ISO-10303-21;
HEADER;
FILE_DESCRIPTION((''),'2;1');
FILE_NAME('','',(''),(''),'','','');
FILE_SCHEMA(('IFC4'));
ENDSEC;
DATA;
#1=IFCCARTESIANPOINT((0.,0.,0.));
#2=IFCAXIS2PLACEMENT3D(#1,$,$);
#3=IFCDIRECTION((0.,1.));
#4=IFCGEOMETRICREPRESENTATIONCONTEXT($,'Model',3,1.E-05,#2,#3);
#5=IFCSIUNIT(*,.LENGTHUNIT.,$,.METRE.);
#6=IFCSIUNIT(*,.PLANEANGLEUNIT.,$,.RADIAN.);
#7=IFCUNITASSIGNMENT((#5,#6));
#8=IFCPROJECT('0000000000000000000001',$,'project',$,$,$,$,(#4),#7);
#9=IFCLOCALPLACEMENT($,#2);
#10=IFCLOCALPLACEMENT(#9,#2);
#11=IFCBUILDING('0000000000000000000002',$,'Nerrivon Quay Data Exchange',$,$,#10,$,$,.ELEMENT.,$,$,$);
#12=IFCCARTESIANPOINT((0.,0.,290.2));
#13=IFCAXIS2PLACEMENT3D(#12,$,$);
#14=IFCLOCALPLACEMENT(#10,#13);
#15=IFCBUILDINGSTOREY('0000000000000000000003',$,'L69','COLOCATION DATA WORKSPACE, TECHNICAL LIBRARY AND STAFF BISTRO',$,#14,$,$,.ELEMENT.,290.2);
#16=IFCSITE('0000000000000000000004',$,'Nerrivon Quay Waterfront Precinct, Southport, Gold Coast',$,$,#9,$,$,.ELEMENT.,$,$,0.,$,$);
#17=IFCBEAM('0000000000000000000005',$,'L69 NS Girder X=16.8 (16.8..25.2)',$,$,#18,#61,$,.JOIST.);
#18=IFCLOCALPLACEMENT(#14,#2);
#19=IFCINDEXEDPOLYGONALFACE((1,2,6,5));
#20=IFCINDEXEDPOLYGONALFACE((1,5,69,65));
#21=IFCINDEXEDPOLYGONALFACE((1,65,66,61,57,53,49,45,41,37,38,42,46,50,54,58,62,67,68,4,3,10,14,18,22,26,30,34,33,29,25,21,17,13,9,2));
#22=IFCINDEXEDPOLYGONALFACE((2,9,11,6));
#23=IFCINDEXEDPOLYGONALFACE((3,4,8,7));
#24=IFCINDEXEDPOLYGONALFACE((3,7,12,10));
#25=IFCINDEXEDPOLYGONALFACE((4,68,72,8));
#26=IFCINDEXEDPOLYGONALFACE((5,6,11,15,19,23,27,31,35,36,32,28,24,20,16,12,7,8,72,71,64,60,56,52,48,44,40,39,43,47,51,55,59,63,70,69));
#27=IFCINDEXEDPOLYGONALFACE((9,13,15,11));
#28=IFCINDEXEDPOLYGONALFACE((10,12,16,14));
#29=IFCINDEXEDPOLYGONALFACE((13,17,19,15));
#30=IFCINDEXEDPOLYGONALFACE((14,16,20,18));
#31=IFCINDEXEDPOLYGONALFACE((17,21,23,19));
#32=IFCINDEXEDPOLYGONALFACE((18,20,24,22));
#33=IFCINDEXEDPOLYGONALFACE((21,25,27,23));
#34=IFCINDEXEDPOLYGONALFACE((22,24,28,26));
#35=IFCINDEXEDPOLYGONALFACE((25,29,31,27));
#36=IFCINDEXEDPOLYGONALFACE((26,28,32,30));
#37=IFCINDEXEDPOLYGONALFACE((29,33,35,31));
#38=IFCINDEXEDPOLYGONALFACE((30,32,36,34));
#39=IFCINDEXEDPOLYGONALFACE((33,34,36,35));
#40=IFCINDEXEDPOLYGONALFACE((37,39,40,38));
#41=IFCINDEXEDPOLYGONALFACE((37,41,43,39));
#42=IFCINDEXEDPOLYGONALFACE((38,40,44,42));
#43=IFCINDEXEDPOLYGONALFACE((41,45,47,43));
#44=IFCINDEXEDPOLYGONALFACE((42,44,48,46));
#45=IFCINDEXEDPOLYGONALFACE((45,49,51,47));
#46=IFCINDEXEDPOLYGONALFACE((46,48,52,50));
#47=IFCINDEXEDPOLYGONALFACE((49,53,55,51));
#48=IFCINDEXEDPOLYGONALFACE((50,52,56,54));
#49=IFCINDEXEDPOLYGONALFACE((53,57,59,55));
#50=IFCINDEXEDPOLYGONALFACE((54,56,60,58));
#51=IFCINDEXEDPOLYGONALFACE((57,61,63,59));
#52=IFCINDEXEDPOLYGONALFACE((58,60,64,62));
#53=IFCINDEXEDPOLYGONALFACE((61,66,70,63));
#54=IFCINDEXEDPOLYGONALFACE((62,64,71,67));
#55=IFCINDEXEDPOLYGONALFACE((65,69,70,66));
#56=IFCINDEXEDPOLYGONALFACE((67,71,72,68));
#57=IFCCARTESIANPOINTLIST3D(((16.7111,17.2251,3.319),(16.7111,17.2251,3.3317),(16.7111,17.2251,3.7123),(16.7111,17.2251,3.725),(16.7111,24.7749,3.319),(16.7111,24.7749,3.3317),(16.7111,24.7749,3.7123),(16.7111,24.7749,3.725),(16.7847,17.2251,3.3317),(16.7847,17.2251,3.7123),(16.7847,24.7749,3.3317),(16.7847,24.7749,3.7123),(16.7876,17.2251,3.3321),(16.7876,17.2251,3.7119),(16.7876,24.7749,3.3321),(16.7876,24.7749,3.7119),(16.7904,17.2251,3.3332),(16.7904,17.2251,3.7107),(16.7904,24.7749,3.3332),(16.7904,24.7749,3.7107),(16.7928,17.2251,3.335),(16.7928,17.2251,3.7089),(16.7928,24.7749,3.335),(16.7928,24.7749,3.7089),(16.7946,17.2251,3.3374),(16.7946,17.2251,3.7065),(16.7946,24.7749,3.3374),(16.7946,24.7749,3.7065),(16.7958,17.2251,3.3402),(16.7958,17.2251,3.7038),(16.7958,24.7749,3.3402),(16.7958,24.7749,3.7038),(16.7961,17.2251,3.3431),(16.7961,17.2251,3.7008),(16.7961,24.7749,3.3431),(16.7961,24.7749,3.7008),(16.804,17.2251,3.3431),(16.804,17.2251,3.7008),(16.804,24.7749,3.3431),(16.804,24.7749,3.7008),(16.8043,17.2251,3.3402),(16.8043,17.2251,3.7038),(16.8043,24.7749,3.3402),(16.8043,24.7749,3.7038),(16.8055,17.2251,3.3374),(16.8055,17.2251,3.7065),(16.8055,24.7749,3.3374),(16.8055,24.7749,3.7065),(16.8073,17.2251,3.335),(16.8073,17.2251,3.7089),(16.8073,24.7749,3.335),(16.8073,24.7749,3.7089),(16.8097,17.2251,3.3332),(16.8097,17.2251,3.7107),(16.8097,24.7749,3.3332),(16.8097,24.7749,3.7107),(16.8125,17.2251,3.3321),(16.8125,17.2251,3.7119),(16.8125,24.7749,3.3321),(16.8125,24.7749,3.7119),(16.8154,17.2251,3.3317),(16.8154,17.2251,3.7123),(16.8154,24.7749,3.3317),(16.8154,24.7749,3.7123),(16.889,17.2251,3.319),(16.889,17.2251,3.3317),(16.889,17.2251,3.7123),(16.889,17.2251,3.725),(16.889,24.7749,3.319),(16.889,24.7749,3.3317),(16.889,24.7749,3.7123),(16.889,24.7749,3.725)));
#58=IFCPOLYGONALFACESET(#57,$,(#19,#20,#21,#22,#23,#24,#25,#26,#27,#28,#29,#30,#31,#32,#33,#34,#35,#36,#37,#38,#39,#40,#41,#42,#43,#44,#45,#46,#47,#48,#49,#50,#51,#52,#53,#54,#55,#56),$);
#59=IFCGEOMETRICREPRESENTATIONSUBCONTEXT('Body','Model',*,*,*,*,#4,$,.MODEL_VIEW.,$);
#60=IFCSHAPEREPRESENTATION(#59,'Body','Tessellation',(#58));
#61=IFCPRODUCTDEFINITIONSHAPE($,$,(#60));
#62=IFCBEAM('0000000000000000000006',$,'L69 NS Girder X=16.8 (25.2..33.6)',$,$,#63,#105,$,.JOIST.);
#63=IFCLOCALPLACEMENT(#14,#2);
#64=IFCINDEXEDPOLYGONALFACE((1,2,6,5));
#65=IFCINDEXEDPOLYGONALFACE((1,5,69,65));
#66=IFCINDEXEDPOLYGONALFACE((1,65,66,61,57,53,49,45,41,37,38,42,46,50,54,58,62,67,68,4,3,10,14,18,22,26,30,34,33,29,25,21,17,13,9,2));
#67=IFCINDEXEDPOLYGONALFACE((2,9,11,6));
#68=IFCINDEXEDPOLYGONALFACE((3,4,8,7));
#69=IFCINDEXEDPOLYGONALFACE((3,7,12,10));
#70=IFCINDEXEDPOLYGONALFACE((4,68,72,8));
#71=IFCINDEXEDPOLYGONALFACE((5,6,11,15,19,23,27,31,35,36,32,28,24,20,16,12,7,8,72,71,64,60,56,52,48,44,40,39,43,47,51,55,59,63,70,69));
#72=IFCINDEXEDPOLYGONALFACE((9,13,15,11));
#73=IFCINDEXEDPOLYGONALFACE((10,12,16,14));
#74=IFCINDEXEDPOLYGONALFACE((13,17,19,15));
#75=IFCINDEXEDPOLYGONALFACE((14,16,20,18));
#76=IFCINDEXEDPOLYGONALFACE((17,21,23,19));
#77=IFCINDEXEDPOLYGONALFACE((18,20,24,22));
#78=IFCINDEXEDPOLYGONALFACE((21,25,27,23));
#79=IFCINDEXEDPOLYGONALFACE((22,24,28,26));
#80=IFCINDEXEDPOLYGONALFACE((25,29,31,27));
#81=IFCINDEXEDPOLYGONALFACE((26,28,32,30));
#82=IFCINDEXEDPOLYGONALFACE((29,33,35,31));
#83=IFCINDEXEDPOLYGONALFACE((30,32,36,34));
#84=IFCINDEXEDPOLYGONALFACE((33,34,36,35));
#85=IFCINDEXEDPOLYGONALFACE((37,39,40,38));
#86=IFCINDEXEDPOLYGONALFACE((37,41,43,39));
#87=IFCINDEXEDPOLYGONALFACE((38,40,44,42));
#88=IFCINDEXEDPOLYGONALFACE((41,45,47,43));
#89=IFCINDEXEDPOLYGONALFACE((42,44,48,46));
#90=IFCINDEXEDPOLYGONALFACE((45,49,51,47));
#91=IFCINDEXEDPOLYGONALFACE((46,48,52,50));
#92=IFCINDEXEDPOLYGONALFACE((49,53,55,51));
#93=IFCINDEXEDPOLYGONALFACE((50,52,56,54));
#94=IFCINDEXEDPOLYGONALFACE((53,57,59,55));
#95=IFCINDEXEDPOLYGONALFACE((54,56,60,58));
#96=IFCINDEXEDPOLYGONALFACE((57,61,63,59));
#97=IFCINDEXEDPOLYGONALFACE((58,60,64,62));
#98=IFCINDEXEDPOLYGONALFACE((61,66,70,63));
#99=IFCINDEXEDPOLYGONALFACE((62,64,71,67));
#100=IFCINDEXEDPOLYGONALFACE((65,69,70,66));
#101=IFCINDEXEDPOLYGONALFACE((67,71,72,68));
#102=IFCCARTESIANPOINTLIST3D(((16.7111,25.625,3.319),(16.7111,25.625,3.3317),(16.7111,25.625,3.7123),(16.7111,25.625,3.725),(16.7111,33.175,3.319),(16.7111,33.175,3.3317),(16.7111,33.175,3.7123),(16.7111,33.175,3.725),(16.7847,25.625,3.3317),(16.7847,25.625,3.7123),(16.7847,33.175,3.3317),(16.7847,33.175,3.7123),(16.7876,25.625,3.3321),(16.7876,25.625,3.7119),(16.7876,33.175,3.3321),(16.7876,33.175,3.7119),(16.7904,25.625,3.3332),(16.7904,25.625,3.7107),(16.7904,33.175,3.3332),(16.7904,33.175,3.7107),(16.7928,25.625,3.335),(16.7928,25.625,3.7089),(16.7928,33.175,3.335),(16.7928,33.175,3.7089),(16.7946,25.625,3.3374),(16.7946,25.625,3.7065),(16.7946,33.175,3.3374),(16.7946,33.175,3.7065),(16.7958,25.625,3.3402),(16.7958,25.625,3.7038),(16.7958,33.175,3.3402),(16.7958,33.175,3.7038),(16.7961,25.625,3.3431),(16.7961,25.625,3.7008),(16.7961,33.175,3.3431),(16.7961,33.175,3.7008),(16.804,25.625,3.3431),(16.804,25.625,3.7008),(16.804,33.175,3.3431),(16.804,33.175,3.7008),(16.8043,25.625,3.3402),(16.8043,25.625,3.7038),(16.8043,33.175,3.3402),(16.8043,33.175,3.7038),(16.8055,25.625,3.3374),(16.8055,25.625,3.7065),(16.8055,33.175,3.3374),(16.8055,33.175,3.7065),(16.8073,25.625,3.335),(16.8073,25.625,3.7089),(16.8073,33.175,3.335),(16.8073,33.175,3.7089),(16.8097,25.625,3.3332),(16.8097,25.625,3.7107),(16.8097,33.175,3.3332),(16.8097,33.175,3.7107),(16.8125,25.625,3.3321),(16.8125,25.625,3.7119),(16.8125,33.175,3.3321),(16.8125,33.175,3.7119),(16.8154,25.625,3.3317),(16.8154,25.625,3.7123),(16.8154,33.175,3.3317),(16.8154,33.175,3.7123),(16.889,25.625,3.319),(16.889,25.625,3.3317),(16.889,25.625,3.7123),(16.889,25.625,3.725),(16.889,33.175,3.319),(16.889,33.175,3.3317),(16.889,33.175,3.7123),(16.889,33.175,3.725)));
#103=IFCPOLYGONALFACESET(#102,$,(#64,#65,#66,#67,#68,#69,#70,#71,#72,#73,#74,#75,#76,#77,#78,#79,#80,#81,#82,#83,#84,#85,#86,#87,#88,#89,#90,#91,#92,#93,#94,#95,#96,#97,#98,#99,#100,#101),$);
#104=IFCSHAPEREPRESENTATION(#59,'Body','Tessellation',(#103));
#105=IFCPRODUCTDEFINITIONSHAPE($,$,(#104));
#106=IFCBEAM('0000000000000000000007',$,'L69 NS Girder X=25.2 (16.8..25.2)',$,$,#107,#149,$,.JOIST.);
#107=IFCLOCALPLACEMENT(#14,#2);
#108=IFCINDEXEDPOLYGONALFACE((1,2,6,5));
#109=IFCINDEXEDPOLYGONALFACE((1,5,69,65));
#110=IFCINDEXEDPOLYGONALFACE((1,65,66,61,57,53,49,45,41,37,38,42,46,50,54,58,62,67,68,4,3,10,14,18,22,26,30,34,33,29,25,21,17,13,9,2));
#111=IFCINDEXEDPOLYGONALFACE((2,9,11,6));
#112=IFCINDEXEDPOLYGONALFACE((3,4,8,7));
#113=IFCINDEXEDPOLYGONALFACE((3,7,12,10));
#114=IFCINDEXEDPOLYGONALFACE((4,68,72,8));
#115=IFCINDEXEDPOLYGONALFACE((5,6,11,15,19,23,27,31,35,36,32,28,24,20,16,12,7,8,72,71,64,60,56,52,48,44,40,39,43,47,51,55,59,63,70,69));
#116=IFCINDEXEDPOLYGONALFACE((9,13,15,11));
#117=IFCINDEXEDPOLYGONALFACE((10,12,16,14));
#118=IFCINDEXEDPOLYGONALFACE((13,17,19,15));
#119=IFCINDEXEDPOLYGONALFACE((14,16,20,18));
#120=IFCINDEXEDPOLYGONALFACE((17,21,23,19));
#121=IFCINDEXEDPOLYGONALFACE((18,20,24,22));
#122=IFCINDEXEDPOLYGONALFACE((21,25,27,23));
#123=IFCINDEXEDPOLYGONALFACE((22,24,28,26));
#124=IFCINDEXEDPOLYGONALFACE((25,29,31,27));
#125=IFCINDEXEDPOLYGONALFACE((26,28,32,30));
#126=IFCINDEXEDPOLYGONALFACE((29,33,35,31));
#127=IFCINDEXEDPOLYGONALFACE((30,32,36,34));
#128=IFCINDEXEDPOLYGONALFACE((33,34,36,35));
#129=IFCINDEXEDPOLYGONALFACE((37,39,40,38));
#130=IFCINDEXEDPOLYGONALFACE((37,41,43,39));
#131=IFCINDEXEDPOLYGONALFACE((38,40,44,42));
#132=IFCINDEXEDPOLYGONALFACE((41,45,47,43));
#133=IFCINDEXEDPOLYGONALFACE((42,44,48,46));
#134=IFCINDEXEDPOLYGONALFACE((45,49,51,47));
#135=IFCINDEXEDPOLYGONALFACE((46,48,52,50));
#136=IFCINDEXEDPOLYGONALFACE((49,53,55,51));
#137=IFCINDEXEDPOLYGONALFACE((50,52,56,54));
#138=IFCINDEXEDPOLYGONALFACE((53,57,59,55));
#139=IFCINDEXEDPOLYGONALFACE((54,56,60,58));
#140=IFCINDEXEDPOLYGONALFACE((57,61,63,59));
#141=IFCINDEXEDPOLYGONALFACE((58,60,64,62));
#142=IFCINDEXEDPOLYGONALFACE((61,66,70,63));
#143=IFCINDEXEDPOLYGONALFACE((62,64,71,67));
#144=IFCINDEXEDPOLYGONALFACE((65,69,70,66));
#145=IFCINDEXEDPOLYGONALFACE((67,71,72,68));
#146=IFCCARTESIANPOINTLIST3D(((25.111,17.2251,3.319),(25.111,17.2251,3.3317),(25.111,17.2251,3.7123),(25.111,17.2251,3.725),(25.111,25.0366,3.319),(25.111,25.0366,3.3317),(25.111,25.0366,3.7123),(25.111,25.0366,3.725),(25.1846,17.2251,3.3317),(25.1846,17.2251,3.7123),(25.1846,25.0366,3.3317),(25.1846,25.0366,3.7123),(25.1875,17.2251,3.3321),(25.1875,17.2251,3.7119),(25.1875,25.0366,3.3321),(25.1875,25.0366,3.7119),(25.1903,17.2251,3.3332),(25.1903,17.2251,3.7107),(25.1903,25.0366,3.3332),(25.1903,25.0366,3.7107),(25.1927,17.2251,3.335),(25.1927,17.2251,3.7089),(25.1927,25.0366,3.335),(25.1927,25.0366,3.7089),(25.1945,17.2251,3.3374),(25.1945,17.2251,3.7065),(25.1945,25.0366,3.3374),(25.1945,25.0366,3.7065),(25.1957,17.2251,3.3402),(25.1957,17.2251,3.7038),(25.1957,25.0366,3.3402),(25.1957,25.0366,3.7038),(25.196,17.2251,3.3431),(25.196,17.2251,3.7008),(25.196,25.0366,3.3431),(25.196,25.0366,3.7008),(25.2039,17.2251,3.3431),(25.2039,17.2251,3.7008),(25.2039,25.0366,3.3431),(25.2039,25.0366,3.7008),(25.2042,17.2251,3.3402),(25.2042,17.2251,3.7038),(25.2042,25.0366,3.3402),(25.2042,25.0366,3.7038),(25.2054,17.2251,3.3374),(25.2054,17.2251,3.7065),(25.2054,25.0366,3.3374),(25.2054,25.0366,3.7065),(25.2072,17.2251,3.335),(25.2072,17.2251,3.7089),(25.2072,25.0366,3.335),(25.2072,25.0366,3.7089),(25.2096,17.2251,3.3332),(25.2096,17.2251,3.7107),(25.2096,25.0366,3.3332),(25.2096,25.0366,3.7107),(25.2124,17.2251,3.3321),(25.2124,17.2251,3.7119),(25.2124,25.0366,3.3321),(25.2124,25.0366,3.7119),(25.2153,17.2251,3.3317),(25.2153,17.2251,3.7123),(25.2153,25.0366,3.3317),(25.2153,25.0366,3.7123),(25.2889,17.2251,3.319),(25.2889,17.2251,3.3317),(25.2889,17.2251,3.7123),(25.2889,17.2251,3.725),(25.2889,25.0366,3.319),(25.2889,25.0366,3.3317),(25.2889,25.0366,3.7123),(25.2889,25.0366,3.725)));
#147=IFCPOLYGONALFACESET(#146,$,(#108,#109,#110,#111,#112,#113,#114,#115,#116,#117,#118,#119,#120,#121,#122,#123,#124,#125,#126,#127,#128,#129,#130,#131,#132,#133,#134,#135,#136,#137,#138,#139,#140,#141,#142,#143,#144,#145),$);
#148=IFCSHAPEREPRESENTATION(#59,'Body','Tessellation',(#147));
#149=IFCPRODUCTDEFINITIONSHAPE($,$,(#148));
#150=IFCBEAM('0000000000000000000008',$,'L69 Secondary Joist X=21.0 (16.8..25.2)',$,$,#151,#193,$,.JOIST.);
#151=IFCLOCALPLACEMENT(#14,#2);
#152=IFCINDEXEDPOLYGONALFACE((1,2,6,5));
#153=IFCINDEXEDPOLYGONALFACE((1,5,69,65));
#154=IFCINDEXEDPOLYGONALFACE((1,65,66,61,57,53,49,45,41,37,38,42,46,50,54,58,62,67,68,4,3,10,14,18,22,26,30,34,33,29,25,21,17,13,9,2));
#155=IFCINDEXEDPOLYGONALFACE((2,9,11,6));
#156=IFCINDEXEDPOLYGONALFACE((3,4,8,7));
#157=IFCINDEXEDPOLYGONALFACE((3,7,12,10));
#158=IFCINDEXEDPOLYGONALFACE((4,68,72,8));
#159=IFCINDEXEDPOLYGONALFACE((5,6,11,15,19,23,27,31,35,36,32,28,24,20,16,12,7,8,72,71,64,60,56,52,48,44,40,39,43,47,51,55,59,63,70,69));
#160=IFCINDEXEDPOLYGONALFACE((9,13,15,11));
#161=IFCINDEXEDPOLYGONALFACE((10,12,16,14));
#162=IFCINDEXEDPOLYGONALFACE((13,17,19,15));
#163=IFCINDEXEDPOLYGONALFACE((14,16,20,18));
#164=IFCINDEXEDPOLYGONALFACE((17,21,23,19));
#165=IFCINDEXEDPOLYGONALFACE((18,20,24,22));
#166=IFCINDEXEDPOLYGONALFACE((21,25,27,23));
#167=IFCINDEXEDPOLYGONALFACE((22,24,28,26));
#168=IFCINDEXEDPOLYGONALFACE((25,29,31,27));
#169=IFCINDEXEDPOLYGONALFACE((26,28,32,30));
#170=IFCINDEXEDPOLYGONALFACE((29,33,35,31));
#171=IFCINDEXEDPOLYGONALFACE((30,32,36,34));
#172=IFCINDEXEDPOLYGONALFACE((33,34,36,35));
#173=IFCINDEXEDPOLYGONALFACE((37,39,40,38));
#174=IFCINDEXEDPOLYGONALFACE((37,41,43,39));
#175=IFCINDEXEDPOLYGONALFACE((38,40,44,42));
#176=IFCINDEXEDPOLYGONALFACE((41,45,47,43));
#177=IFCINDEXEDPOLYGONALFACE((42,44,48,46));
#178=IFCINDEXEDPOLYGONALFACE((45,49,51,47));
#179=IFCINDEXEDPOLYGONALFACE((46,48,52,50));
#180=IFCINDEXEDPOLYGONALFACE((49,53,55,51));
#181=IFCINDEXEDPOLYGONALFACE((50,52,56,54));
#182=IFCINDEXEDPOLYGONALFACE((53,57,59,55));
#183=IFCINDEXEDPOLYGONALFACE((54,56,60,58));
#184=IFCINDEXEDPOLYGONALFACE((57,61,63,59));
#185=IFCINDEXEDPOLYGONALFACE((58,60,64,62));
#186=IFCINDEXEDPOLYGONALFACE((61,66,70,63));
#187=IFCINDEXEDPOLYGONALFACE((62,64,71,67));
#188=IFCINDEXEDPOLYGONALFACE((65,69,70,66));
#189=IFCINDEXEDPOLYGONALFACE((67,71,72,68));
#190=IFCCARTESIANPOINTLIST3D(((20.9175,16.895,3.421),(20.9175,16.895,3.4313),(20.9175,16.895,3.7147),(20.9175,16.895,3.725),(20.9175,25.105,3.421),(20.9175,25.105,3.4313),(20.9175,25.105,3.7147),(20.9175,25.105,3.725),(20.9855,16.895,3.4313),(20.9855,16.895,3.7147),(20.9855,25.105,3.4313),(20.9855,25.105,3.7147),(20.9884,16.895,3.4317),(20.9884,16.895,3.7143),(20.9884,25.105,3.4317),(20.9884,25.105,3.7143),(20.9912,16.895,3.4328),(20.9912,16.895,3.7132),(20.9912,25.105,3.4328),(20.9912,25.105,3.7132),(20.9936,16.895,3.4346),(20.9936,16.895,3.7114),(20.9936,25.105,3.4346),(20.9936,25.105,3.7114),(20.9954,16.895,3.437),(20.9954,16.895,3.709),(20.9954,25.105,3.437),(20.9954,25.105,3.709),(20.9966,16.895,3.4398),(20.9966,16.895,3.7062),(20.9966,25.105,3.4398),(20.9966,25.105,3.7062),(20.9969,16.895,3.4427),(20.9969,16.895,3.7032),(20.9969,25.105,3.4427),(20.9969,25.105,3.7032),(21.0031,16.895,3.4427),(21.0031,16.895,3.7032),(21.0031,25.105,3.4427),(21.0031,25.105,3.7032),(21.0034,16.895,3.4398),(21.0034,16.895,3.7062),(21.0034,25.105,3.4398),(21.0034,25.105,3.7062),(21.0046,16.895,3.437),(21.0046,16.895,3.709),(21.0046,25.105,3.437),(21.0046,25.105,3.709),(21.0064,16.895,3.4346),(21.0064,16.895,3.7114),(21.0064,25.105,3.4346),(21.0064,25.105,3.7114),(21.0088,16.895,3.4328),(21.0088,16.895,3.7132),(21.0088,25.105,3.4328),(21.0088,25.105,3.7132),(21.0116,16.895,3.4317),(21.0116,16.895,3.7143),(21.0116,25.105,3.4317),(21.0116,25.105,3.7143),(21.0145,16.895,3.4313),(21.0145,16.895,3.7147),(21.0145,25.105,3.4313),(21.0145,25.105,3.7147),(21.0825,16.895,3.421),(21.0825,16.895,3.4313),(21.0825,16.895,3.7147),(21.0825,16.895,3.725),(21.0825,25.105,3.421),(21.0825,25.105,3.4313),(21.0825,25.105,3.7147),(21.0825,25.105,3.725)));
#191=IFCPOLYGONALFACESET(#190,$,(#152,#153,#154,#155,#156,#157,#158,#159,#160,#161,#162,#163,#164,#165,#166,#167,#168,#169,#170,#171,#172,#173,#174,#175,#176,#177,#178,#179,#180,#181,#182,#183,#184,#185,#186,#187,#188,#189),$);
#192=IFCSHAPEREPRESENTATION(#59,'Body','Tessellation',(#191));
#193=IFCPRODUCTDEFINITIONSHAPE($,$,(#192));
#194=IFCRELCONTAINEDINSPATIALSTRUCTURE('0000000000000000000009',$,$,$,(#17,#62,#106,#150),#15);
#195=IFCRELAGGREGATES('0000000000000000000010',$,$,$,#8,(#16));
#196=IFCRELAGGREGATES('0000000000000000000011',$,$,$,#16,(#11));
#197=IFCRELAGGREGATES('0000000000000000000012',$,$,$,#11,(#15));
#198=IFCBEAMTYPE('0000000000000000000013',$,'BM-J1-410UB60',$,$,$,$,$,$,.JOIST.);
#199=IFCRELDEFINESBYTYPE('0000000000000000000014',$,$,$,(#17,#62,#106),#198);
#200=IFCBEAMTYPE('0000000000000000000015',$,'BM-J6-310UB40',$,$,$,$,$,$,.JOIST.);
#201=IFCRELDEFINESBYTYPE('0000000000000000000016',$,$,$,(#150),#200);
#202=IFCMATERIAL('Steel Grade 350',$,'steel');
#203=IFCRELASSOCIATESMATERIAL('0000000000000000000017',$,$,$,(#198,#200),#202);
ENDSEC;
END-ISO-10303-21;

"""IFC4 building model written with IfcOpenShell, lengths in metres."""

from ifc_helpers import new_model, si_unit, direction, frame, origin, origin_2d, place, context, subcontext, project, spatial, i_section, extrude, material, material_profile, profile_set, type_object, element, save


model = new_model("IFC4")

# Units and contexts
model_context = context("Model", 3, precision=1e-05, world=origin(), true_north=direction((0.0, 1.0)))
body_context = subcontext(model_context, "Body", "Model", "MODEL_VIEW")
ifc_project = project(units=[si_unit("LENGTHUNIT", "METRE"), si_unit("PLANEANGLEUNIT", "RADIAN")], contexts=[model_context])

# Site, building, storey
site_placement = place(None, origin())
site = spatial("IfcSite", under=ifc_project, at=site_placement, Name="Nerrivon Quay Waterfront Precinct, Southport, Gold Coast", CompositionType="ELEMENT", RefElevation=0.0)
building_placement = place(site_placement, origin())
building = spatial("IfcBuilding", under=site, at=building_placement, Name="Nerrivon Quay Data Exchange", CompositionType="ELEMENT")
storey_placement = place(building_placement, frame((0.0, 0.0, 290.2)))
storey = spatial("IfcBuildingStorey", under=building, at=storey_placement, Name="L69", Description="COLOCATION DATA WORKSPACE, TECHNICAL LIBRARY AND STAFF BISTRO", CompositionType="ELEMENT", Elevation=290.2)

# Shared definitions
ifc_material_1 = material(Name="Steel Grade 350", Category="steel")

# Beams
ifc_material_profile_1 = material_profile(ifc_material_1, i_section(OverallWidth=0.178, OverallDepth=0.406, WebThickness=0.0078, FlangeThickness=0.0127, FilletRadius=0.0115, at=origin_2d()), Name="410UB59.7")
ifc_profile_set_1 = profile_set([ifc_material_profile_1], Name="Steel Grade 350")
beam_type_1 = type_object("IfcBeamType", Name="BM-J1-410UB60", PredefinedType="JOIST", material=ifc_profile_set_1)
beam_1_placement = place(storey_placement, frame((16.8, 17.2251, 3.522), z_axis=(0.0, 1.0, 0.0), x_axis=(-1.0, 0.0, 0.0)))
element("IfcBeam", 1, at=beam_1_placement, inside=storey, type_object=beam_type_1, Name="L69 NS Girder X=16.8 (16.8..25.2)", PredefinedType="JOIST", context=body_context, shape_type="SweptSolid", body=[
    extrude(i_section(OverallWidth=0.178, OverallDepth=0.406, WebThickness=0.0078, FlangeThickness=0.0127, FilletRadius=0.0115, at=origin_2d()), origin(), (0.0, 0.0, 1.0), 7.5498),
])
beam_2_placement = place(storey_placement, frame((16.8, 25.625, 3.522), z_axis=(0.0, 1.0, 0.0), x_axis=(-1.0, 0.0, 0.0)))
element("IfcBeam", 2, at=beam_2_placement, inside=storey, type_object=beam_type_1, Name="L69 NS Girder X=16.8 (25.2..33.6)", PredefinedType="JOIST", context=body_context, shape_type="SweptSolid", body=[
    extrude(i_section(OverallWidth=0.178, OverallDepth=0.406, WebThickness=0.0078, FlangeThickness=0.0127, FilletRadius=0.0115, at=origin_2d()), origin(), (0.0, 0.0, 1.0), 7.55),
])
beam_3_placement = place(storey_placement, frame((25.2, 17.2251, 3.522), z_axis=(0.0, 1.0, 0.0), x_axis=(-1.0, 0.0, 0.0)))
element("IfcBeam", 3, at=beam_3_placement, inside=storey, type_object=beam_type_1, Name="L69 NS Girder X=25.2 (16.8..25.2)", PredefinedType="JOIST", context=body_context, shape_type="SweptSolid", body=[
    extrude(i_section(OverallWidth=0.178, OverallDepth=0.406, WebThickness=0.0078, FlangeThickness=0.0127, FilletRadius=0.0115, at=origin_2d()), origin(), (0.0, 0.0, 1.0), 7.8115),
])
ifc_material_profile_2 = material_profile(ifc_material_1, i_section(OverallWidth=0.165, OverallDepth=0.304, WebThickness=0.0061, FlangeThickness=0.0103, FilletRadius=0.0115, at=origin_2d()), Name="310UB40.4")
ifc_profile_set_2 = profile_set([ifc_material_profile_2], Name="Steel Grade 350")
beam_type_2 = type_object("IfcBeamType", Name="BM-J6-310UB40", PredefinedType="JOIST", material=ifc_profile_set_2)
for number, where, z_axis, x_axis, name in (
    (4, (21.0, 16.895, 3.573), (0.0, 1.0, 0.0), (-1.0, 0.0, 0.0), "L69 Secondary Joist X=21.0 (16.8..25.2)"),
):
    element("IfcBeam", number, at=place(storey_placement, frame(where, z_axis=z_axis, x_axis=x_axis)), inside=storey, type_object=beam_type_2, Name=name, PredefinedType="JOIST", context=body_context, shape_type="SweptSolid", body=[
        extrude(i_section(OverallWidth=0.165, OverallDepth=0.304, WebThickness=0.0061, FlangeThickness=0.0103, FilletRadius=0.0115, at=origin_2d()), origin(), (0.0, 0.0, 1.0), 8.21),
    ])

save(model, "model.ifc")
